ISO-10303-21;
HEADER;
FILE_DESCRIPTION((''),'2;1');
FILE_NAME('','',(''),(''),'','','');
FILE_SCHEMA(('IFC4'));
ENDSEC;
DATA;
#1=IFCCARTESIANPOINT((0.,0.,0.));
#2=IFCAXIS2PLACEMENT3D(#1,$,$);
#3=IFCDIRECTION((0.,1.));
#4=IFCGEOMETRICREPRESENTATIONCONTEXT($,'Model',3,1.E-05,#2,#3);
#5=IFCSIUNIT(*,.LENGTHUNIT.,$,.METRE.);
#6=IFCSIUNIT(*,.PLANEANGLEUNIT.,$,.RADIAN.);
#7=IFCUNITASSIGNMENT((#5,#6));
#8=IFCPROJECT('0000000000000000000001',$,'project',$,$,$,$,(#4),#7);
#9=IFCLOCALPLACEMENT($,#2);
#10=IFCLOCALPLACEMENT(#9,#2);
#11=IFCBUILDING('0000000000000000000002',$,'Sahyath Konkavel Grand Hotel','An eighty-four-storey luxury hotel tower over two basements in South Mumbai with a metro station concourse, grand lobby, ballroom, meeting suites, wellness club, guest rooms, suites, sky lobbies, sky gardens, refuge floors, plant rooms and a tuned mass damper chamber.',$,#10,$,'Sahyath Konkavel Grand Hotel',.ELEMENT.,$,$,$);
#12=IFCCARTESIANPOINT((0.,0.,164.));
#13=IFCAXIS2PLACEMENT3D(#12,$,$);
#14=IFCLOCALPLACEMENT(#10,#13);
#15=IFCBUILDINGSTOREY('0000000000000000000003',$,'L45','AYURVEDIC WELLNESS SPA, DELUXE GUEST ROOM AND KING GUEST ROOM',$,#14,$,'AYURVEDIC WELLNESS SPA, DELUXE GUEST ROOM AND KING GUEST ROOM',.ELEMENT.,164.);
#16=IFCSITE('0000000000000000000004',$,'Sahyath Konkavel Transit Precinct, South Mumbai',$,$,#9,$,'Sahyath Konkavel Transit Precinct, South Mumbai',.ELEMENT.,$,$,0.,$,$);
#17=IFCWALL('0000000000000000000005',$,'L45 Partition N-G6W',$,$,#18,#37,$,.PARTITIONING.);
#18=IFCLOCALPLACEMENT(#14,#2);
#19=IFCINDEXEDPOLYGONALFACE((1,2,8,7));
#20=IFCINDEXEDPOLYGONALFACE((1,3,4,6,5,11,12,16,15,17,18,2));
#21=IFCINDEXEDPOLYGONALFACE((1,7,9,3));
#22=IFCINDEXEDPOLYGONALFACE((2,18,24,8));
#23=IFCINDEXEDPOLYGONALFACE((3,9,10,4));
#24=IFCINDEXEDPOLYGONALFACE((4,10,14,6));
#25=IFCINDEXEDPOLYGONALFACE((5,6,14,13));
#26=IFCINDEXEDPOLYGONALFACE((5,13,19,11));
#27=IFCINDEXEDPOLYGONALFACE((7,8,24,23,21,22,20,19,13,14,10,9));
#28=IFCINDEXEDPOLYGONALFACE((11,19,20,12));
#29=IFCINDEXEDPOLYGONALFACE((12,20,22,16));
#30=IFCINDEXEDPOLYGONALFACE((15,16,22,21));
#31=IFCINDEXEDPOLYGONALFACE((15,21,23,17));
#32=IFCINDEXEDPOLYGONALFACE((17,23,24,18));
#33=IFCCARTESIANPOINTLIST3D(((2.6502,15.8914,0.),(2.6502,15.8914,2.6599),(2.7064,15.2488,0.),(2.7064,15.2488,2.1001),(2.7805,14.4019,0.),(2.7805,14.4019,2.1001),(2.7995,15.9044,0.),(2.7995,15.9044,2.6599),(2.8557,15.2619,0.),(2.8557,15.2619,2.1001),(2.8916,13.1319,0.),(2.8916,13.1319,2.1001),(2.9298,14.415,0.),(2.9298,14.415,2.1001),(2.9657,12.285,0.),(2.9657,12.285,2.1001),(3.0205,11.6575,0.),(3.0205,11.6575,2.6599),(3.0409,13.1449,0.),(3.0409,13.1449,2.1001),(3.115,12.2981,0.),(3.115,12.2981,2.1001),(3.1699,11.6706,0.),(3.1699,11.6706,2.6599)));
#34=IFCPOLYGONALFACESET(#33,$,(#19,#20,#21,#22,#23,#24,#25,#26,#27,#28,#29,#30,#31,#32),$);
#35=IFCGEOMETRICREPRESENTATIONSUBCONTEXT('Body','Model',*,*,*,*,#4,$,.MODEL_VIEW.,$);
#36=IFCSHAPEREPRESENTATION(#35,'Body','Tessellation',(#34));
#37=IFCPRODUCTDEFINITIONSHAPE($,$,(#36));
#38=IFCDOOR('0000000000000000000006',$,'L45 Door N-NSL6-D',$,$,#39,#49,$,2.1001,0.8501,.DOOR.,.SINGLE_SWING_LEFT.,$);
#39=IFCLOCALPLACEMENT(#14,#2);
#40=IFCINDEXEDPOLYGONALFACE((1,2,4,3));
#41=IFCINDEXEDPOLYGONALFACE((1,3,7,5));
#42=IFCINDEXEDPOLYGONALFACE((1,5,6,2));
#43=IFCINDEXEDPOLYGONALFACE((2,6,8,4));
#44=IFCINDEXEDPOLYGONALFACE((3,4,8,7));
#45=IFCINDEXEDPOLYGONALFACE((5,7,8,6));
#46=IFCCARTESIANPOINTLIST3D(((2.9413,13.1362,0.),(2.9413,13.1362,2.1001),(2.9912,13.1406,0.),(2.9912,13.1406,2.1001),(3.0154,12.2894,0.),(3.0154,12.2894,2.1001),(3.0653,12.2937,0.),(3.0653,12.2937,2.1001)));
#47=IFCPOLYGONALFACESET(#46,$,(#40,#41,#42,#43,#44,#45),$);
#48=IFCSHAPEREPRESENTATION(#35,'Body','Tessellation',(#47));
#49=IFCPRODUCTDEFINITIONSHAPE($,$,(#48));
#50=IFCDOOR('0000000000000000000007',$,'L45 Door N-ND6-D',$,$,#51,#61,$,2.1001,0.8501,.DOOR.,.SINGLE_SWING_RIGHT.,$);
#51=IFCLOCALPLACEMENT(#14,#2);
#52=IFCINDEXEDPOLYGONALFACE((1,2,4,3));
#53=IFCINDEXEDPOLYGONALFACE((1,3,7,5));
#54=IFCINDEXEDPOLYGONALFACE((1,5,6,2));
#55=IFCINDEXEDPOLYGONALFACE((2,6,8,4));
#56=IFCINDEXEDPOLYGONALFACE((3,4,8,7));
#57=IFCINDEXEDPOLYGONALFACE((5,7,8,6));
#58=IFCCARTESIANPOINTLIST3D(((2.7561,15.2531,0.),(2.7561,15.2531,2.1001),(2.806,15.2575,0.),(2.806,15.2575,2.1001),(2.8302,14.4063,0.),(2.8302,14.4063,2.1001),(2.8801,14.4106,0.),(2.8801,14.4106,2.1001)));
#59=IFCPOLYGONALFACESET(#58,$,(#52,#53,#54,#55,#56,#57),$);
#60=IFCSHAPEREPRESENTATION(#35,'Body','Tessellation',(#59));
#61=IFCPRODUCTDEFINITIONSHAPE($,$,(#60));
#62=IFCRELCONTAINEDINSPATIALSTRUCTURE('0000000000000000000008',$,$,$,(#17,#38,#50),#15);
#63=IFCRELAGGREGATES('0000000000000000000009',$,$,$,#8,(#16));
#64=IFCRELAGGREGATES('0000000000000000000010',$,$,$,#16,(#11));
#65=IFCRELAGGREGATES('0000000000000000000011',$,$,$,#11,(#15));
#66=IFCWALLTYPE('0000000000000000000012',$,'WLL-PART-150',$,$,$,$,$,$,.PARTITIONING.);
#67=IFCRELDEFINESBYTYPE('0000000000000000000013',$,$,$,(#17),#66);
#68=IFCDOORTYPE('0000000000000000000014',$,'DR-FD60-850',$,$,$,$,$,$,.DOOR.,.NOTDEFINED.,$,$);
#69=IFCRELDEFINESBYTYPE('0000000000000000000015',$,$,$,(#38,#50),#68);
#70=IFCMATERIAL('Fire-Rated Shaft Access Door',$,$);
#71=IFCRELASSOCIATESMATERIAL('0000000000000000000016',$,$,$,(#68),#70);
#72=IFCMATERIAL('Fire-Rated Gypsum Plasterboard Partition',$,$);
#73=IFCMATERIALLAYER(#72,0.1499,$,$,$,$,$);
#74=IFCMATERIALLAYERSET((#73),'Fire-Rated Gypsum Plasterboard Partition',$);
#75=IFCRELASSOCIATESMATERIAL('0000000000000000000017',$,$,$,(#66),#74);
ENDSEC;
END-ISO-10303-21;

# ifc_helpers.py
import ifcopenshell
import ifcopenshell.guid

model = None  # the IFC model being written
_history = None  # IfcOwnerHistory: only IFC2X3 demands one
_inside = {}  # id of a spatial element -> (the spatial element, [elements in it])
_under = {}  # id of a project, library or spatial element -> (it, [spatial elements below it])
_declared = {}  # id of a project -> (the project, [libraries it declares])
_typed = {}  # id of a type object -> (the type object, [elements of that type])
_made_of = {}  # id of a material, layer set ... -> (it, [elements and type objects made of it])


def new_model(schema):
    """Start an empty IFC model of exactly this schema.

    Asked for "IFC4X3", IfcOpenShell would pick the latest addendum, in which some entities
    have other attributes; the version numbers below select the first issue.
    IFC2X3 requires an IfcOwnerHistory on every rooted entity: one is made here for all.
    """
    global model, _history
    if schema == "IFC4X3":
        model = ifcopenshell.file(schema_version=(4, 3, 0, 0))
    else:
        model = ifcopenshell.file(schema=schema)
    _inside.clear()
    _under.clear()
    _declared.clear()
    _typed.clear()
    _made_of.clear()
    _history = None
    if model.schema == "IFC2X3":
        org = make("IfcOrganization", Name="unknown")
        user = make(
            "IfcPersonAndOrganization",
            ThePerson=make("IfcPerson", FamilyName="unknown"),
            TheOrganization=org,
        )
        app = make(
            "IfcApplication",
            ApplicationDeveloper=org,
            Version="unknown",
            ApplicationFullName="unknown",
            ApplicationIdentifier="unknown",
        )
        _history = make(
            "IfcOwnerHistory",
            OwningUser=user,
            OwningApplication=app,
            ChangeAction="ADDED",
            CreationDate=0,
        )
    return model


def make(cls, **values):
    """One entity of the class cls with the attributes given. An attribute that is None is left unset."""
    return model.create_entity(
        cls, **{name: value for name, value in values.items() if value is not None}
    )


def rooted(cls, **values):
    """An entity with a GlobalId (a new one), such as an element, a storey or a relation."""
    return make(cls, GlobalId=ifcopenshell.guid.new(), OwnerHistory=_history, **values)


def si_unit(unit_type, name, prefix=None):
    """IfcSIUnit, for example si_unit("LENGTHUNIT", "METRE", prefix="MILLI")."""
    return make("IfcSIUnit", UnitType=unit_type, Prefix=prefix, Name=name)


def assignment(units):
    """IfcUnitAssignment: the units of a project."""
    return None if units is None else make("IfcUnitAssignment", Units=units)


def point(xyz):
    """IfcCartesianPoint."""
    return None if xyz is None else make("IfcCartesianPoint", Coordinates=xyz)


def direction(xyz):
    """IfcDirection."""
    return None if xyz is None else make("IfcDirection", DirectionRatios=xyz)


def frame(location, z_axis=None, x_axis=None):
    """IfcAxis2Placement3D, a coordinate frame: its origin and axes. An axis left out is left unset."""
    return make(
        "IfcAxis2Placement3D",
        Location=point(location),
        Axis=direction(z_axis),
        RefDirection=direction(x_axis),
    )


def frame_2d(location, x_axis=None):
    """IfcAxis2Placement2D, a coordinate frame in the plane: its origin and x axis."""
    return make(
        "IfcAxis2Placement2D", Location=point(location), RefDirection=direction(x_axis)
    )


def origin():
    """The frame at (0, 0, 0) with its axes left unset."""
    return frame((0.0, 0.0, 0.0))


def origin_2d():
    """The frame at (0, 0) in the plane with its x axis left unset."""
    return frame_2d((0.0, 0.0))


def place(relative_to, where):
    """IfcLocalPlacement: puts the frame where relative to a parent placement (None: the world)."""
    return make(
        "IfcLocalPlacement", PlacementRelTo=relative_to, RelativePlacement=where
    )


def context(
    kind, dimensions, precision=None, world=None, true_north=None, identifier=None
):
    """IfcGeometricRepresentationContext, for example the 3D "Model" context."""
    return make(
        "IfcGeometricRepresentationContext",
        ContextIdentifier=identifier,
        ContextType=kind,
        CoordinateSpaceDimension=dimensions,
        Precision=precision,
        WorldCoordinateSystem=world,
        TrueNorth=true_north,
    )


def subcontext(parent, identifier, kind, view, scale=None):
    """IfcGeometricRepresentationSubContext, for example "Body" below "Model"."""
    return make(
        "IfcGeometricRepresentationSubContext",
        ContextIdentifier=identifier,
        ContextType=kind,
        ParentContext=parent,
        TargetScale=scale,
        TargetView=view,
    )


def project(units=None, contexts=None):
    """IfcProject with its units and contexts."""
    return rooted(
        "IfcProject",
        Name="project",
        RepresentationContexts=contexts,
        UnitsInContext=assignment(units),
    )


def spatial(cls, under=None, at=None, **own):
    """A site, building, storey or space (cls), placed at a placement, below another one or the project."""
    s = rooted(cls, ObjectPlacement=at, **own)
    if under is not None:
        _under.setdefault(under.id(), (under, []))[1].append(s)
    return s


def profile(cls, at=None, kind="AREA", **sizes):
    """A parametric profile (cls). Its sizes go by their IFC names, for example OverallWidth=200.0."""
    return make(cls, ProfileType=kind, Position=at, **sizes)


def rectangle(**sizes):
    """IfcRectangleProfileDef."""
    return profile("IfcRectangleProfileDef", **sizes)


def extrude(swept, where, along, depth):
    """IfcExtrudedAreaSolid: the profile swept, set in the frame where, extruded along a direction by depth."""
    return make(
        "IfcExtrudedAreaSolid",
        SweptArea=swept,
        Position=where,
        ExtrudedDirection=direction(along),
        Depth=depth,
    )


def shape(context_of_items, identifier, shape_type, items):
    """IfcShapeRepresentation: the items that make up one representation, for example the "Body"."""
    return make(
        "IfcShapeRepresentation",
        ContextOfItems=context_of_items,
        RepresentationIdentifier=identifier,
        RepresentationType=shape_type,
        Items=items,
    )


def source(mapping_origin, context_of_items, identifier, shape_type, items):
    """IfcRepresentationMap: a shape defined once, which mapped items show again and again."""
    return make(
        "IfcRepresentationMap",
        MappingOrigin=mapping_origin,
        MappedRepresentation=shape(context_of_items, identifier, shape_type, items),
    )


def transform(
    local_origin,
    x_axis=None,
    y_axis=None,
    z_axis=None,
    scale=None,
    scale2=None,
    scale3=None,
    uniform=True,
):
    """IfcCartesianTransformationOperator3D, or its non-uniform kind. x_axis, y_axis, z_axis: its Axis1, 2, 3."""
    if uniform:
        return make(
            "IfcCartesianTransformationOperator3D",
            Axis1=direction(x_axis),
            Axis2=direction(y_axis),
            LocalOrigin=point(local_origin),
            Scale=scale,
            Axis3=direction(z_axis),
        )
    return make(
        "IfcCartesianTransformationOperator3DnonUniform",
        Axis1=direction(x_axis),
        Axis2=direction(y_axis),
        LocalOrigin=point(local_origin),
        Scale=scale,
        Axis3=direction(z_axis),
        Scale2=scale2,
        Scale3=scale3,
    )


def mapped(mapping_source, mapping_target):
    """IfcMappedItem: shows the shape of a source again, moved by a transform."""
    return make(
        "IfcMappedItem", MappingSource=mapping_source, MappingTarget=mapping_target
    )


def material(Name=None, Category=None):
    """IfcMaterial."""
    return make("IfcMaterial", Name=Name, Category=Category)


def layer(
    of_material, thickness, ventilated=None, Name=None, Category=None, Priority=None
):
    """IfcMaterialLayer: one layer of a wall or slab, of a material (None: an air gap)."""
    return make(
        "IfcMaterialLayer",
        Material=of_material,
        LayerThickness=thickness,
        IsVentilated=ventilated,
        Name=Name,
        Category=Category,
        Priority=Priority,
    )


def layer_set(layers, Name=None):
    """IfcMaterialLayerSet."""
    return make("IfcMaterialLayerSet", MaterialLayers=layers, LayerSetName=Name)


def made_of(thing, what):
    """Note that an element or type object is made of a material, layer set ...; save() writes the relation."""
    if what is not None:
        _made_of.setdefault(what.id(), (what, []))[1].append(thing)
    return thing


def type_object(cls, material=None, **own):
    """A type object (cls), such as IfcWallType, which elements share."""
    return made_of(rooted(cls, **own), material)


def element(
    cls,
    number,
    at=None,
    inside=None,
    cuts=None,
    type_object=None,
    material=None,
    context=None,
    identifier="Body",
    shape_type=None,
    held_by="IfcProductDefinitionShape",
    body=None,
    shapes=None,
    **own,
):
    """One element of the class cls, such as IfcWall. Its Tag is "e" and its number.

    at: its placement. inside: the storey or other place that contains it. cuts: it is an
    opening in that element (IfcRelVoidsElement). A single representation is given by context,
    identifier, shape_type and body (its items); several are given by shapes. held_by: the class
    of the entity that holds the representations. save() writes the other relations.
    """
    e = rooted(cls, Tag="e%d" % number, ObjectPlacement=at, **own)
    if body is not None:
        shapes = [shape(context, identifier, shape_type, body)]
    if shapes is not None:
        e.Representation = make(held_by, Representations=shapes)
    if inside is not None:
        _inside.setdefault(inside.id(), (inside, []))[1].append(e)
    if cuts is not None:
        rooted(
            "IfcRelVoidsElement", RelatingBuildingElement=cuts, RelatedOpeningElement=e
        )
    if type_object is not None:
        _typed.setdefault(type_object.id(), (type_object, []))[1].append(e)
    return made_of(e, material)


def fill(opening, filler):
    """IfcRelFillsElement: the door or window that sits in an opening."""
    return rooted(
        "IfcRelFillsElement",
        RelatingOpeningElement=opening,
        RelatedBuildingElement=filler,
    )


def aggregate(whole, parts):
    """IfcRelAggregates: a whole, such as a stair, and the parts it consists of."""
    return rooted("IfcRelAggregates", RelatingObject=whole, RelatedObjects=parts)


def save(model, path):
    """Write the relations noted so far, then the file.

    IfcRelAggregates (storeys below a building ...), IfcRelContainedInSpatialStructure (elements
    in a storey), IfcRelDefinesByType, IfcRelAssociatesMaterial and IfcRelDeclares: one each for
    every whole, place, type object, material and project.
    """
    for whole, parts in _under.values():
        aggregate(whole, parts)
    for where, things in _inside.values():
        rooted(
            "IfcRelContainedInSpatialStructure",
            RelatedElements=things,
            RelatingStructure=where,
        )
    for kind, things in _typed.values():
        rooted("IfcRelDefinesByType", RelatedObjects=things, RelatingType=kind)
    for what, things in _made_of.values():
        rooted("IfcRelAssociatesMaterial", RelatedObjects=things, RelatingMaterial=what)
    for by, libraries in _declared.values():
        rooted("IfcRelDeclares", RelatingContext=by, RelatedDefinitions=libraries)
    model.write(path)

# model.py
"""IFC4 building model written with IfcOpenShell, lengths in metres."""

from ifc_helpers import new_model, si_unit, direction, frame, frame_2d, origin, origin_2d, place, context, subcontext, project, spatial, rectangle, extrude, source, transform, mapped, material, layer, layer_set, type_object, element, fill, save


model = new_model("IFC4")

# Units and contexts
model_context = context("Model", 3, precision=1e-05, world=origin(), true_north=direction((0.0, 1.0)))
body_context = subcontext(model_context, "Body", "Model", "MODEL_VIEW")
ifc_project = project(units=[si_unit("LENGTHUNIT", "METRE"), si_unit("PLANEANGLEUNIT", "RADIAN")], contexts=[model_context])

# Site, building, storey
site_placement = place(None, origin())
site = spatial("IfcSite", under=ifc_project, at=site_placement, Name="Sahyath Konkavel Transit Precinct, South Mumbai", LongName="Sahyath Konkavel Transit Precinct, South Mumbai", CompositionType="ELEMENT", RefElevation=0.0)
building_placement = place(site_placement, origin())
building = spatial("IfcBuilding", under=site, at=building_placement, Name="Sahyath Konkavel Grand Hotel", Description="An eighty-four-storey luxury hotel tower over two basements in South Mumbai with a metro station concourse, grand lobby, ballroom, meeting suites, wellness club, guest rooms, suites, sky lobbies, sky gardens, refuge floors, plant rooms and a tuned mass damper chamber.", LongName="Sahyath Konkavel Grand Hotel", CompositionType="ELEMENT")
storey_placement = place(building_placement, frame((0.0, 0.0, 164.0)))
storey = spatial("IfcBuildingStorey", under=building, at=storey_placement, Name="L45", Description="AYURVEDIC WELLNESS SPA, DELUXE GUEST ROOM AND KING GUEST ROOM", LongName="AYURVEDIC WELLNESS SPA, DELUXE GUEST ROOM AND KING GUEST ROOM", CompositionType="ELEMENT", Elevation=164.0)

# Shared definitions
ifc_material_1 = material(Name="Fire-Rated Shaft Access Door")
door_type = type_object("IfcDoorType", Name="DR-FD60-850", OperationType="NOTDEFINED", PredefinedType="DOOR", material=ifc_material_1)
shared_shape_1 = source(origin(), body_context, "Body", "SweptSolid", [
    extrude(rectangle(XDim=0.8501, YDim=0.05, at=origin_2d()), origin(), (0.0, 0.0, 1.0), 2.1001),
])

# Wall, openings, doors
ifc_material_2 = material(Name="Fire-Rated Gypsum Plasterboard Partition")
ifc_layer_1 = layer(ifc_material_2, 0.1499)
ifc_layer_set_1 = layer_set([ifc_layer_1], Name="Fire-Rated Gypsum Plasterboard Partition")
wall_type_1 = type_object("IfcWallType", Name="WLL-PART-150", PredefinedType="PARTITIONING", material=ifc_layer_set_1)
wall_1_placement = place(storey_placement, frame((3.0952, 11.6641, 0.0), z_axis=(0.0, 0.0, 1.0), x_axis=(-0.087143, 0.996196, 0.0)))
wall_1 = element("IfcWall", 1, at=wall_1_placement, inside=storey, type_object=wall_type_1, Name="L45 Partition N-G6W", PredefinedType="PARTITIONING", context=body_context, shape_type="SweptSolid", body=[
    extrude(rectangle(XDim=4.25, YDim=0.1499, at=frame_2d((2.125, 0.0))), origin(), (0.0, 0.0, 1.0), 2.6599),
])
opening_1_placement = place(wall_1_placement, frame((0.6299, 0.0, 0.0)))
opening_1 = element("IfcOpeningElement", 2, at=opening_1_placement, cuts=wall_1, PredefinedType="OPENING", context=body_context, shape_type="SweptSolid", body=[
    extrude(rectangle(XDim=0.8501, YDim=2.1001, at=frame_2d((0.425, 1.05))), frame((0.0, 0.085, 0.0), z_axis=(0.0, -1.0, 0.0), x_axis=(1.0, 0.0, 0.0)), (0.0, 0.0, 1.0), 0.1699),
])
opening_2_placement = place(wall_1_placement, frame((2.7549, 0.0, 0.0)))
opening_2 = element("IfcOpeningElement", 3, at=opening_2_placement, cuts=wall_1, PredefinedType="OPENING", context=body_context, shape_type="SweptSolid", body=[
    extrude(rectangle(XDim=0.8501, YDim=2.1001, at=frame_2d((0.425, 1.05))), frame((0.0, 0.085, 0.0), z_axis=(0.0, -1.0, 0.0), x_axis=(1.0, 0.0, 0.0)), (0.0, 0.0, 1.0), 0.1699),
])
door_1_placement = place(opening_1_placement, frame((0.425, 0.0, 0.0)))
door_1 = element("IfcDoor", 4, at=door_1_placement, inside=storey, type_object=door_type, Name="L45 Door N-NSL6-D", OperationType="SINGLE_SWING_LEFT", OverallHeight=2.1001, OverallWidth=0.8501, PredefinedType="DOOR", context=body_context, shape_type="MappedRepresentation", body=[
    mapped(shared_shape_1, transform((0.0, 0.0, 0.0), scale=1.0)),
])
fill(opening_1, door_1)
door_2_placement = place(opening_2_placement, frame((0.425, 0.0, 0.0)))
door_2 = element("IfcDoor", 5, at=door_2_placement, inside=storey, type_object=door_type, Name="L45 Door N-ND6-D", OperationType="SINGLE_SWING_RIGHT", OverallHeight=2.1001, OverallWidth=0.8501, PredefinedType="DOOR", context=body_context, shape_type="MappedRepresentation", body=[
    mapped(shared_shape_1, transform((0.0, 0.0, 0.0), scale=1.0)),
])
fill(opening_2, door_2)

save(model, "model.ifc")
